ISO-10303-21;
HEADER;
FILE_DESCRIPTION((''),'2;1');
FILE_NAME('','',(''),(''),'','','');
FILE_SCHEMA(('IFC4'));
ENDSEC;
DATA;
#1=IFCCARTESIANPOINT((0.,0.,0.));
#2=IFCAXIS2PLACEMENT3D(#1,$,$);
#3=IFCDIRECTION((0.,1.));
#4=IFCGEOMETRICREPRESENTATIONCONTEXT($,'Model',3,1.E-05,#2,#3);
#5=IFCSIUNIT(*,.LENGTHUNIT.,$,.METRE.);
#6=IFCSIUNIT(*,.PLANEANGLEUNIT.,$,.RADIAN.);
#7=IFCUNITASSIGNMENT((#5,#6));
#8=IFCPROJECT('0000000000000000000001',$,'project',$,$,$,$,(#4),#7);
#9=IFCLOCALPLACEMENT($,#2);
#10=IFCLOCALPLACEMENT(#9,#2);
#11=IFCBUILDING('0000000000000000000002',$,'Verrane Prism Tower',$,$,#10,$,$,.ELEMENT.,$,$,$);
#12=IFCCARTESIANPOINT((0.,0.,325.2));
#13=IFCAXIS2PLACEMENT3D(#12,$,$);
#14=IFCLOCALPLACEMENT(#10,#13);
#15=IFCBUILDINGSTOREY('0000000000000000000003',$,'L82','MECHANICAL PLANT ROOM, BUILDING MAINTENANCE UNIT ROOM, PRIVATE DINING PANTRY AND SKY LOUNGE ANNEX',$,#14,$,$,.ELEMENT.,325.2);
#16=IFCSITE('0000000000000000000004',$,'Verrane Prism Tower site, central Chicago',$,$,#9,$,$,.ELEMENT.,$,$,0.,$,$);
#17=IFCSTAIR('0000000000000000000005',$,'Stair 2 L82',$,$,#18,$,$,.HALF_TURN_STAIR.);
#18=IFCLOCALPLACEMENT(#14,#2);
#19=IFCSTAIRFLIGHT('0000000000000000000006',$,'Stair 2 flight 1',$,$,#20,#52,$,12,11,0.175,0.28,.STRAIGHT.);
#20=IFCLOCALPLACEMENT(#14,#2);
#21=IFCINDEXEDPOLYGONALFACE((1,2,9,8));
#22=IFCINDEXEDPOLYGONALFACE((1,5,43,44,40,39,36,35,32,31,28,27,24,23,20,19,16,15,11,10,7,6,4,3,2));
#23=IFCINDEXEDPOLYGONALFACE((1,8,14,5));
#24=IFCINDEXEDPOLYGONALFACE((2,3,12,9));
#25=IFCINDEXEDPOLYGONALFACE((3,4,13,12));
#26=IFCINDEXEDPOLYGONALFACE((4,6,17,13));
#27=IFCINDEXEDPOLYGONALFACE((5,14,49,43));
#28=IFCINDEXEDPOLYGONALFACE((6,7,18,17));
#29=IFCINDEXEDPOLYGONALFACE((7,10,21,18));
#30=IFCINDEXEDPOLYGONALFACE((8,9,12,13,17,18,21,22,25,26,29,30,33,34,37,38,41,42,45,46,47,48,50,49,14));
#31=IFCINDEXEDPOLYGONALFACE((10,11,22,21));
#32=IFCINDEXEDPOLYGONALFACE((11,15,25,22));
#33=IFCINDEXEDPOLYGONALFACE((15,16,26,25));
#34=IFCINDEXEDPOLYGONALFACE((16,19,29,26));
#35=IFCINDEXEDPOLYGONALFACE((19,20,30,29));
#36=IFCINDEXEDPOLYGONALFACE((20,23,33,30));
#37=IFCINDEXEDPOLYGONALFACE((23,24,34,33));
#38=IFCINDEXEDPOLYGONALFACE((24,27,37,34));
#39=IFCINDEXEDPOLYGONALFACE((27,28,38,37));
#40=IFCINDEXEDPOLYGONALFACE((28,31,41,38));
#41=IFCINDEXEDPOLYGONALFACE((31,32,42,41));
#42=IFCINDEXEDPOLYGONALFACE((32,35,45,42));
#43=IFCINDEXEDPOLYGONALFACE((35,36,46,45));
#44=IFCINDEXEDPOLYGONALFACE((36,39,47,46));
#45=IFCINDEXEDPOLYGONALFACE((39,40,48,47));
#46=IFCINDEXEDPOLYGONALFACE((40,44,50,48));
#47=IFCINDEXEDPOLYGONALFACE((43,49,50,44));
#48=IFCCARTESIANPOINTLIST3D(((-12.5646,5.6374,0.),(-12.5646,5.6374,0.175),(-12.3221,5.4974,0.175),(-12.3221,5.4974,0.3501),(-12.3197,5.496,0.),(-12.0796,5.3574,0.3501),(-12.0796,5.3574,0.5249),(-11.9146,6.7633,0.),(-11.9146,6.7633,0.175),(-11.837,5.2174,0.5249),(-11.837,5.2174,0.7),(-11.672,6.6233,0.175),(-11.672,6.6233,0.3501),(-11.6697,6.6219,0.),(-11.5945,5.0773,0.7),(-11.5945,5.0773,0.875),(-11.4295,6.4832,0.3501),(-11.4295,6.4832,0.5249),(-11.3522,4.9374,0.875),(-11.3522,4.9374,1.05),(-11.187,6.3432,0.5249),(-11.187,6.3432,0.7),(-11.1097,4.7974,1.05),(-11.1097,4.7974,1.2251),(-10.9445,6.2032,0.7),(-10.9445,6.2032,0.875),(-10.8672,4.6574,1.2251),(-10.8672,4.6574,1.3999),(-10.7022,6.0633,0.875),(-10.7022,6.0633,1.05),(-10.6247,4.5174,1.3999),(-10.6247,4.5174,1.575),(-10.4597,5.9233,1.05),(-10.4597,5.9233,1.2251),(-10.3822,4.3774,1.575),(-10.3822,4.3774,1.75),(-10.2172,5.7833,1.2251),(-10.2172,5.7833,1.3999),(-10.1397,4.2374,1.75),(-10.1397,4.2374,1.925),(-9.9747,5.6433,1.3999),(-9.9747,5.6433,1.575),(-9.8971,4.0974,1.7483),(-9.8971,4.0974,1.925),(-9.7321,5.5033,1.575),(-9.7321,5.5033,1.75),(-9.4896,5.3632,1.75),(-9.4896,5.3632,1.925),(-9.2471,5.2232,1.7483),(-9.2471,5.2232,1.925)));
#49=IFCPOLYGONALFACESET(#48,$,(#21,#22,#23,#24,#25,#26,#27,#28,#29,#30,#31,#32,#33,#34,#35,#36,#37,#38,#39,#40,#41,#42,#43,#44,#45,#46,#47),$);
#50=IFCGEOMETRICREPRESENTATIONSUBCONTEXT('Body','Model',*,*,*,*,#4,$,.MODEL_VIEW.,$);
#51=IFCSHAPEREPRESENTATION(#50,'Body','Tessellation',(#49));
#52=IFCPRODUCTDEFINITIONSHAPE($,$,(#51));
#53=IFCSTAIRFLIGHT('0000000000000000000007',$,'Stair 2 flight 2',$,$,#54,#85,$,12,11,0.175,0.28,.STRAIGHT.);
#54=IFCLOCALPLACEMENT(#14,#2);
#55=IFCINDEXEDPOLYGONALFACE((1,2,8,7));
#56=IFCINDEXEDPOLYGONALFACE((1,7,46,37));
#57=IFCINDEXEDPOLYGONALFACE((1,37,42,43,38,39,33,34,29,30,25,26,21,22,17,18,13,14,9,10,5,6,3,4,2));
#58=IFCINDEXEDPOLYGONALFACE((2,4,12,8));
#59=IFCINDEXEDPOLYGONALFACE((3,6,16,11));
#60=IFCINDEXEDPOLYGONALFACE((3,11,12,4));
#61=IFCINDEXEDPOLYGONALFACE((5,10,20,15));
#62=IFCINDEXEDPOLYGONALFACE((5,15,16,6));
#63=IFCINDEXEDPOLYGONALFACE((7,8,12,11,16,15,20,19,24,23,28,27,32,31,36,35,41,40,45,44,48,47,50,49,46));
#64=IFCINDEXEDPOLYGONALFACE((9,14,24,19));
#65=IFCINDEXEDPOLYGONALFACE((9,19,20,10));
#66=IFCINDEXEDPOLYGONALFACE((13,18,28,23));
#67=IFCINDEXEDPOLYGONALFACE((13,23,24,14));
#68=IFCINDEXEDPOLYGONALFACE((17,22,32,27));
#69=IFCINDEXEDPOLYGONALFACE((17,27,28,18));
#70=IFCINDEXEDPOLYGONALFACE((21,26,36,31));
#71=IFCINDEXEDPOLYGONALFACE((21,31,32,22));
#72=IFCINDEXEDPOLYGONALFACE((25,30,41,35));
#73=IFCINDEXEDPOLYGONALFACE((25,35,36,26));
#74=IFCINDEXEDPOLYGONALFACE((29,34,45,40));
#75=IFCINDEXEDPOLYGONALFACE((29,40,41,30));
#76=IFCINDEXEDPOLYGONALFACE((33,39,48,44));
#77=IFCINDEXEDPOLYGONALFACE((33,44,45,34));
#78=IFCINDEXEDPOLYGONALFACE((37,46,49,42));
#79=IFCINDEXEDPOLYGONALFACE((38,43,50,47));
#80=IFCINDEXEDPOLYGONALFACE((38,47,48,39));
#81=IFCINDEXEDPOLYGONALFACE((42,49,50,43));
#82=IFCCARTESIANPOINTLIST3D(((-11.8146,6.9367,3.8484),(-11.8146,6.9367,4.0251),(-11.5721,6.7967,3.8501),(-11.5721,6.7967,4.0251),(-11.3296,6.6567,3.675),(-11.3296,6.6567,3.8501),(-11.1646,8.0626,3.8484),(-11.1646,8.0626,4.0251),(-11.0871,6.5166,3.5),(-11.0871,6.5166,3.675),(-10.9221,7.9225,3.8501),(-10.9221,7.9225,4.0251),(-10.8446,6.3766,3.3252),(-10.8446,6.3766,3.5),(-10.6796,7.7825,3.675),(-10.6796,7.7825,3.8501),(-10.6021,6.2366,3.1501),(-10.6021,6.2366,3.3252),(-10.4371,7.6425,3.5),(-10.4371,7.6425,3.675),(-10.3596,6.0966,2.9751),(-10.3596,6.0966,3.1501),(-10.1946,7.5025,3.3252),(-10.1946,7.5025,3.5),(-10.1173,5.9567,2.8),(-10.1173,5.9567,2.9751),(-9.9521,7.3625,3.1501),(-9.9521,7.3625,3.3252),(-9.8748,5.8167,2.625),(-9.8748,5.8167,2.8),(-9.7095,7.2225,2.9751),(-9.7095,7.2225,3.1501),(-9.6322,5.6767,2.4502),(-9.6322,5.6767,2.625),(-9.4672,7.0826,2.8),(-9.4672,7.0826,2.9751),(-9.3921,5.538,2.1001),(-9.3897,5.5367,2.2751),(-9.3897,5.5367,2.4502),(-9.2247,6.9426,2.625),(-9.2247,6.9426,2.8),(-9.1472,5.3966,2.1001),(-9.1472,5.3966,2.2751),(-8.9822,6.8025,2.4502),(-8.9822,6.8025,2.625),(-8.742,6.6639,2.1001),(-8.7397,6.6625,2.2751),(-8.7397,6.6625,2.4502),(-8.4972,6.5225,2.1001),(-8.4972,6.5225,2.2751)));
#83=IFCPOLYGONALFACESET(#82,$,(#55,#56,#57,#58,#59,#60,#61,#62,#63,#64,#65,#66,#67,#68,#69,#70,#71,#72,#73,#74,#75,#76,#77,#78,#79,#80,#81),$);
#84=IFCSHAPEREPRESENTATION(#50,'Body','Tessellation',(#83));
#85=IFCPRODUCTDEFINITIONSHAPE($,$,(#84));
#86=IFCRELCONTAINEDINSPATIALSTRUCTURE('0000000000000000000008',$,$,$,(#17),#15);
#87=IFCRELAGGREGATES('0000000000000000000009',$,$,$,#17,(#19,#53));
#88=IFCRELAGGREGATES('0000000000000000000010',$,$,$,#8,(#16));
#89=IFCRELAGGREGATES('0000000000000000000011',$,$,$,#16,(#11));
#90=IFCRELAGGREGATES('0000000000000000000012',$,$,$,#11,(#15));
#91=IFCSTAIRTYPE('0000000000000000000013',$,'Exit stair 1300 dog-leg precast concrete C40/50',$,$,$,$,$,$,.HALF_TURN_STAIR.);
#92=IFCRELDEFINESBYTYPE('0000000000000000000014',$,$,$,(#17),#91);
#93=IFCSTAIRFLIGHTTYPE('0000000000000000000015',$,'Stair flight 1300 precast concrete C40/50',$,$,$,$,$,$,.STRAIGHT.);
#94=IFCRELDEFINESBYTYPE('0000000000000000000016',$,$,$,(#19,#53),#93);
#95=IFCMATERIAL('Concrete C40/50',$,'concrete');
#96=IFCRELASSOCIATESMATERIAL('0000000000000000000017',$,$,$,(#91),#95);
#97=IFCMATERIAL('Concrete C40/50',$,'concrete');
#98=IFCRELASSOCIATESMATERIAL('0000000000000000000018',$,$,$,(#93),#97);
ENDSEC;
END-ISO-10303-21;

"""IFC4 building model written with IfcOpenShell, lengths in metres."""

from ifc_helpers import new_model, si_unit, direction, frame, origin, place, context, subcontext, project, spatial, polyline, outline, extrude, material, type_object, element, aggregate, save


model = new_model("IFC4")

# Units and contexts
model_context = context("Model", 3, precision=1e-05, world=origin(), true_north=direction((0.0, 1.0)))
body_context = subcontext(model_context, "Body", "Model", "MODEL_VIEW")
ifc_project = project(units=[si_unit("LENGTHUNIT", "METRE"), si_unit("PLANEANGLEUNIT", "RADIAN")], contexts=[model_context])

# Site, building, storey
site_placement = place(None, origin())
site = spatial("IfcSite", under=ifc_project, at=site_placement, Name="Verrane Prism Tower site, central Chicago", CompositionType="ELEMENT", RefElevation=0.0)
building_placement = place(site_placement, origin())
building = spatial("IfcBuilding", under=site, at=building_placement, Name="Verrane Prism Tower", CompositionType="ELEMENT")
storey_placement = place(building_placement, frame((0.0, 0.0, 325.2)))
storey = spatial("IfcBuildingStorey", under=building, at=storey_placement, Name="L82", Description="MECHANICAL PLANT ROOM, BUILDING MAINTENANCE UNIT ROOM, PRIVATE DINING PANTRY AND SKY LOUNGE ANNEX", CompositionType="ELEMENT", Elevation=325.2)

# Stair, stair flights
ifc_material_1 = material(Name="Concrete C40/50", Category="concrete")
stair_type = type_object("IfcStairType", Name="Exit stair 1300 dog-leg precast concrete C40/50", PredefinedType="HALF_TURN_STAIR", material=ifc_material_1)
stair_placement = place(storey_placement, origin())
stair = element("IfcStair", 1, at=stair_placement, inside=storey, type_object=stair_type, Name="Stair 2 L82", PredefinedType="HALF_TURN_STAIR")
ifc_material_2 = material(Name="Concrete C40/50", Category="concrete")
stair_flight_type = type_object("IfcStairFlightType", Name="Stair flight 1300 precast concrete C40/50", PredefinedType="STRAIGHT", material=ifc_material_2)
stair_flight_1_placement = place(storey_placement, frame((-12.2395, 6.2004, 0.0), z_axis=(0.0, 0.0, 1.0), x_axis=(0.866025, -0.5, 0.0)))
stair_flight_1 = element("IfcStairFlight", 2, at=stair_flight_1_placement, type_object=stair_flight_type, Name="Stair 2 flight 1", NumberOfRisers=12, NumberOfTreads=11, PredefinedType="STRAIGHT", RiserHeight=0.175, TreadLength=0.28, context=body_context, shape_type="SweptSolid", body=[
    extrude(outline(polyline([(0.0, 0.0), (0.0, 0.175), (0.28, 0.175), (0.28, 0.3501), (0.5601, 0.3501), (0.5601, 0.5249), (0.8401, 0.5249), (0.8401, 0.7), (1.1201, 0.7), (1.1201, 0.875), (1.3999, 0.875), (1.3999, 1.05), (1.6799, 1.05), (1.6799, 1.2251), (1.96, 1.2251), (1.96, 1.3999), (2.24, 1.3999), (2.24, 1.575), (2.52, 1.575), (2.52, 1.75), (2.8, 1.75), (2.8, 1.925), (3.0801, 1.925), (3.0801, 2.1001), (3.0801, 1.7483), (0.2827, 0.0), (0.0, 0.0)])), frame((0.0, 0.6499, 0.0), z_axis=(0.0, -1.0, 0.0), x_axis=(1.0, 0.0, 0.0)), (0.0, 0.0, 1.0), 1.3),
])
stair_flight_2_placement = place(storey_placement, frame((-8.8223, 5.9595, 2.1001), z_axis=(0.0, 0.0, 1.0), x_axis=(-0.866025, 0.5, 0.0)))
stair_flight_2 = element("IfcStairFlight", 3, at=stair_flight_2_placement, type_object=stair_flight_type, Name="Stair 2 flight 2", NumberOfRisers=12, NumberOfTreads=11, PredefinedType="STRAIGHT", RiserHeight=0.175, TreadLength=0.28, context=body_context, shape_type="SweptSolid", body=[
    extrude(outline(polyline([(0.0, 0.0), (0.0, 0.175), (0.28, 0.175), (0.28, 0.3501), (0.5601, 0.3501), (0.5601, 0.5249), (0.8401, 0.5249), (0.8401, 0.7), (1.1201, 0.7), (1.1201, 0.875), (1.3999, 0.875), (1.3999, 1.05), (1.6799, 1.05), (1.6799, 1.2251), (1.96, 1.2251), (1.96, 1.3999), (2.24, 1.3999), (2.24, 1.575), (2.52, 1.575), (2.52, 1.75), (2.8, 1.75), (2.8, 1.925), (3.0801, 1.925), (3.0801, 2.1001), (3.0801, 1.7483), (0.2827, 0.0), (0.0, 0.0)])), frame((0.0, 0.6499, 0.0), z_axis=(0.0, -1.0, 0.0), x_axis=(1.0, 0.0, 0.0)), (0.0, 0.0, 1.0), 1.3),
])
aggregate(stair, [stair_flight_1, stair_flight_2])

save(model, "model.ifc")
